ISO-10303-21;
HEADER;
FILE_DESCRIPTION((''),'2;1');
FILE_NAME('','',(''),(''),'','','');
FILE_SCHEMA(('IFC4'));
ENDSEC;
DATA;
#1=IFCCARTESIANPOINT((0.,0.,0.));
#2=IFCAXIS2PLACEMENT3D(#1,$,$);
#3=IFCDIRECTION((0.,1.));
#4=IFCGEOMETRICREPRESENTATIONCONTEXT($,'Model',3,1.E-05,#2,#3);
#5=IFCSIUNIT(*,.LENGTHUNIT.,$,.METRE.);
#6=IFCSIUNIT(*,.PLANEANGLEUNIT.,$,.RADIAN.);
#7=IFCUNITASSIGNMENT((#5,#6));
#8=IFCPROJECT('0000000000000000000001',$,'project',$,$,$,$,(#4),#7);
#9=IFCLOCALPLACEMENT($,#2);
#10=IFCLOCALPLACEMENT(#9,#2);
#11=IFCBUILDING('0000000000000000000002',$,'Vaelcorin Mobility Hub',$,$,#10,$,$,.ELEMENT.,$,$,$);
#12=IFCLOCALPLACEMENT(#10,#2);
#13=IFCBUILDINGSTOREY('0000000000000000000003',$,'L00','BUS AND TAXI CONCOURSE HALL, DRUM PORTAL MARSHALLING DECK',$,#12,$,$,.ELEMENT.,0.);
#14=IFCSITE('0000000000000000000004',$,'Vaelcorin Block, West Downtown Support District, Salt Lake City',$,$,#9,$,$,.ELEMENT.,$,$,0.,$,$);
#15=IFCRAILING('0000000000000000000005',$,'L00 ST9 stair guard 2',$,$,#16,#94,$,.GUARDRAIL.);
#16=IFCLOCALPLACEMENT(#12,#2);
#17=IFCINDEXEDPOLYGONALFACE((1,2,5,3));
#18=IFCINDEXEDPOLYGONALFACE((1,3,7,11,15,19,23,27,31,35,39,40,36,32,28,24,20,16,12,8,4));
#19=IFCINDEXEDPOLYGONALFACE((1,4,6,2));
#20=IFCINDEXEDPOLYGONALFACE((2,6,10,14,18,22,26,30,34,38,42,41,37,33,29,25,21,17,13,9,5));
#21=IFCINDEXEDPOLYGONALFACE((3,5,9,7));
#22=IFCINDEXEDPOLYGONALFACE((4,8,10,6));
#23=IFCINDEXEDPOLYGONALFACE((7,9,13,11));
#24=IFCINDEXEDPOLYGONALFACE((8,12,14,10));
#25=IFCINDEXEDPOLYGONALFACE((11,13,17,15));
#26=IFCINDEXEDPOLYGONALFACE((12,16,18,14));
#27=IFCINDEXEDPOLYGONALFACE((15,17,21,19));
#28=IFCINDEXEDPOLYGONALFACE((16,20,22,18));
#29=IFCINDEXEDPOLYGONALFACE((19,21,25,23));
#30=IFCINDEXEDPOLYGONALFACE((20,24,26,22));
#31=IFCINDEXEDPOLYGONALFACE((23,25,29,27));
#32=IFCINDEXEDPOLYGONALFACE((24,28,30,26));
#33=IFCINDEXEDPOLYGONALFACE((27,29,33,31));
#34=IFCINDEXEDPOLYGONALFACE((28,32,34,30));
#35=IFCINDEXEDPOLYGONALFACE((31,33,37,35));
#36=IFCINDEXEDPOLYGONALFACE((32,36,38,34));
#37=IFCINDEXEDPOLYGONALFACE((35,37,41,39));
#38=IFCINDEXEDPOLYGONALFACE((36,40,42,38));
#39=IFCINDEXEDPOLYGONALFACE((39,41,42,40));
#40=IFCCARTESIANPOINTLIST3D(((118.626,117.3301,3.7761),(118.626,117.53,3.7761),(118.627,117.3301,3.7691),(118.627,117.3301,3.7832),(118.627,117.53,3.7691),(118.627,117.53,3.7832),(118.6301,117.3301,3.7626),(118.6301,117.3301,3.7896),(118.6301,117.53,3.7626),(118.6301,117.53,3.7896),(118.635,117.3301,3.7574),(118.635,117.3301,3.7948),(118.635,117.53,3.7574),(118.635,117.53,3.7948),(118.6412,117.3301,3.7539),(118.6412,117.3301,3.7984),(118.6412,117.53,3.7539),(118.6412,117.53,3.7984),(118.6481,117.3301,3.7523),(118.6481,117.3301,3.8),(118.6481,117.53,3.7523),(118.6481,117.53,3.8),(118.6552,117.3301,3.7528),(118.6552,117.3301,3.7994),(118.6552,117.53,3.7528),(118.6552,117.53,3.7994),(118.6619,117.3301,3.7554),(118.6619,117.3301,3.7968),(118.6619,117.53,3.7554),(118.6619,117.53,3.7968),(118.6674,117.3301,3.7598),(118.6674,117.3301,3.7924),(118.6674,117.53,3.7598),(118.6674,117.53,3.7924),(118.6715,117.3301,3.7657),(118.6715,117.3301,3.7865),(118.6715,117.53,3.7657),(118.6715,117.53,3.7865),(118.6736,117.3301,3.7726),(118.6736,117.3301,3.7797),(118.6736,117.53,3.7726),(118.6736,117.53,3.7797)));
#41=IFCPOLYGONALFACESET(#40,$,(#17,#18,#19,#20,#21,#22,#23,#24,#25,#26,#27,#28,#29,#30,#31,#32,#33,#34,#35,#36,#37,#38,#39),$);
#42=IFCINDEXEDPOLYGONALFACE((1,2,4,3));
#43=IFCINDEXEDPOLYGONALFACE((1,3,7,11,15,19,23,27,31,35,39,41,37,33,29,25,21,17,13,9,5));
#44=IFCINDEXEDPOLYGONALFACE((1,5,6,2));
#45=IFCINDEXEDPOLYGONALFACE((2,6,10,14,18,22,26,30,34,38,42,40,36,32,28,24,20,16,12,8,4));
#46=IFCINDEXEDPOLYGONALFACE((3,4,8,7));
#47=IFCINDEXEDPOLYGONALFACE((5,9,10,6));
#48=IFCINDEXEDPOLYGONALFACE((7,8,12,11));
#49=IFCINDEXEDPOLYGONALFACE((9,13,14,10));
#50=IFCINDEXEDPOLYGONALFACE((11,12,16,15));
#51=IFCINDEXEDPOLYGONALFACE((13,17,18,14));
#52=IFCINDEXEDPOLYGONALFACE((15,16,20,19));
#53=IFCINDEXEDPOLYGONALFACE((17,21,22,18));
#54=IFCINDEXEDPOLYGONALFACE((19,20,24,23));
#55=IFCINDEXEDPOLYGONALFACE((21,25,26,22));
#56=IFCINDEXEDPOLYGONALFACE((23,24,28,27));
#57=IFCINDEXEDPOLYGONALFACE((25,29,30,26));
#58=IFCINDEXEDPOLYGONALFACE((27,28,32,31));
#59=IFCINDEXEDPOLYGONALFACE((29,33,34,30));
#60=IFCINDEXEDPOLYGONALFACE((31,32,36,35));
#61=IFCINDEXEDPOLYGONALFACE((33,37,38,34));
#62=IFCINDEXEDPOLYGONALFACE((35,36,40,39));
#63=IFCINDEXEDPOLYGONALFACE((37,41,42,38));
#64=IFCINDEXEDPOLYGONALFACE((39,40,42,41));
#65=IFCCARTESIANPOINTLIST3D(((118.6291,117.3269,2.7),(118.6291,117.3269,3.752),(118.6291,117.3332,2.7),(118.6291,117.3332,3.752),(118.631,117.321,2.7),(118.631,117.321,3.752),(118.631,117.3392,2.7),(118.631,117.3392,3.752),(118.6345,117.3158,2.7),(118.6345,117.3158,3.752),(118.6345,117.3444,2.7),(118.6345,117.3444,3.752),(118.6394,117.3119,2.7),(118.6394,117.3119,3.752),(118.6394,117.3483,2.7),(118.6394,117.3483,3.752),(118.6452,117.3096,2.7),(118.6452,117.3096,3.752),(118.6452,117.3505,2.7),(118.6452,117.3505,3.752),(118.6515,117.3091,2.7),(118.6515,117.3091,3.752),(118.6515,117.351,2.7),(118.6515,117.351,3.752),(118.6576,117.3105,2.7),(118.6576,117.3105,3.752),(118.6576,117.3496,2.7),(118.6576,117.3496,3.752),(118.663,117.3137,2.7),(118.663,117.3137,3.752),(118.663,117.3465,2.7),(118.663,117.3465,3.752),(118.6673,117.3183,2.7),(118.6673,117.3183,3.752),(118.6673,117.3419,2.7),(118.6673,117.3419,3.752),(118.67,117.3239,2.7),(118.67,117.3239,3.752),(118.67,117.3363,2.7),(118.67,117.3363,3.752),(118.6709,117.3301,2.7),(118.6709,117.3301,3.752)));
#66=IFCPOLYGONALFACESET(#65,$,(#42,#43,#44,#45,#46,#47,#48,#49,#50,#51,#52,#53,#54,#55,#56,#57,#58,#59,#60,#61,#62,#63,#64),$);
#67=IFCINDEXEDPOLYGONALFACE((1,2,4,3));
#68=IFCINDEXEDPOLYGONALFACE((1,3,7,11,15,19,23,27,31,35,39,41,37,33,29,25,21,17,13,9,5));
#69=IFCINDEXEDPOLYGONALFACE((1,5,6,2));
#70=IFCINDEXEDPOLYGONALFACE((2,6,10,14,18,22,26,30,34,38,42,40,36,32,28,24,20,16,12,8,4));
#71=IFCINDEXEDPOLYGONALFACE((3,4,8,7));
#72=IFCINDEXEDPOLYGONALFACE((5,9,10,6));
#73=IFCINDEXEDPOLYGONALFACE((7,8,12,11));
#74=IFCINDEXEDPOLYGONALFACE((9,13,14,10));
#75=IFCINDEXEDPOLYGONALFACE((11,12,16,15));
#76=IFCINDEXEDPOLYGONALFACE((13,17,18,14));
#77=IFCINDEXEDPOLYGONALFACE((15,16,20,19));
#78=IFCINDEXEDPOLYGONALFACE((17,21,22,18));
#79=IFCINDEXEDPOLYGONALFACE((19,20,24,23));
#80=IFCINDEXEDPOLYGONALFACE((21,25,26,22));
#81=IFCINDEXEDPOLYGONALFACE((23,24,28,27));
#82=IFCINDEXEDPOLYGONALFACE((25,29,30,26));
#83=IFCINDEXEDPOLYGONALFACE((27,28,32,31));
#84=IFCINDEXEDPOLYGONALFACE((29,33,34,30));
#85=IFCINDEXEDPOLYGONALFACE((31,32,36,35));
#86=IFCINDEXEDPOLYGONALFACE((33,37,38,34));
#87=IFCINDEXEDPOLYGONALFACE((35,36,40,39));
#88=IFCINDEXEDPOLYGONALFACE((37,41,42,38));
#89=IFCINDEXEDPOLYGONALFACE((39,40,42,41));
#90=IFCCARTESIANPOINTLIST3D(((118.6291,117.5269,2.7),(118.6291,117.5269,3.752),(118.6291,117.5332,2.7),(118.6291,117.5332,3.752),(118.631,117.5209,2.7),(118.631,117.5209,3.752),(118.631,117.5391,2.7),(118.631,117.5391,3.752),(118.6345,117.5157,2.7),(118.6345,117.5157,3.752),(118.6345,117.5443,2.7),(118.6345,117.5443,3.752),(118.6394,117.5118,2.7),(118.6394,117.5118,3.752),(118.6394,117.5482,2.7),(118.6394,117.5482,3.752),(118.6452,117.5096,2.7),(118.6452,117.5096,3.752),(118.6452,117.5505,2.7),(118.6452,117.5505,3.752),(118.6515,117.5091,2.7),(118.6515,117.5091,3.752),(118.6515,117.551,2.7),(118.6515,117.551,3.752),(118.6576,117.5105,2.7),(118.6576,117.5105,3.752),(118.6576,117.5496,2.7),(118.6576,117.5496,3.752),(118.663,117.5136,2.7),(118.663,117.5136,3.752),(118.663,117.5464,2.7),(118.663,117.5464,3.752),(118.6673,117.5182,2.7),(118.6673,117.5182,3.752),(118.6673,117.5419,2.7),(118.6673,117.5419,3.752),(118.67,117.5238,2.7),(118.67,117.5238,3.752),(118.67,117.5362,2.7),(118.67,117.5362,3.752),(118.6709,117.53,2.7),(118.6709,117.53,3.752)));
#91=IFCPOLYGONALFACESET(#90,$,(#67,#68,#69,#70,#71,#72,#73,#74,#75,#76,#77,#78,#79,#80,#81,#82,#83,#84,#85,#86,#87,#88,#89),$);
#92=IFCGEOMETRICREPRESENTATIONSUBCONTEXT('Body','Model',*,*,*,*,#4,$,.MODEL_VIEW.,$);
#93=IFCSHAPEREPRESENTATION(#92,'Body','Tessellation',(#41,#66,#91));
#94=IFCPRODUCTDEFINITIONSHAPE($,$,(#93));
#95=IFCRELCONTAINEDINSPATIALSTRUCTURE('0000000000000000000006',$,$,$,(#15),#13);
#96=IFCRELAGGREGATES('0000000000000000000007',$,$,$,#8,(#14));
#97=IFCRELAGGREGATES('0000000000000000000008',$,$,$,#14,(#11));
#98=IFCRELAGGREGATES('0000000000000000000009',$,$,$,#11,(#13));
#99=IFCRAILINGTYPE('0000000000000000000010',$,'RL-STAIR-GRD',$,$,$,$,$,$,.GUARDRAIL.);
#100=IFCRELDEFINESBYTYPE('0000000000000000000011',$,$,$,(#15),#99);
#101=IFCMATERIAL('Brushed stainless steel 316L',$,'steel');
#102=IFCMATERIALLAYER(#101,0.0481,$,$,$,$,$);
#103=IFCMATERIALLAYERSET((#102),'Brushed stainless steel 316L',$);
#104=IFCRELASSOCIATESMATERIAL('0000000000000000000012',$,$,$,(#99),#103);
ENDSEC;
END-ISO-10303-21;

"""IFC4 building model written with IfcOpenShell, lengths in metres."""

from ifc_helpers import new_model, si_unit, direction, frame, origin, origin_2d, place, context, subcontext, project, spatial, circle, extrude, material, layer, layer_set, type_object, element, save


model = new_model("IFC4")

# Units and contexts
model_context = context("Model", 3, precision=1e-05, world=origin(), true_north=direction((0.0, 1.0)))
body_context = subcontext(model_context, "Body", "Model", "MODEL_VIEW")
ifc_project = project(units=[si_unit("LENGTHUNIT", "METRE"), si_unit("PLANEANGLEUNIT", "RADIAN")], contexts=[model_context])

# Site, building, storey
site_placement = place(None, origin())
site = spatial("IfcSite", under=ifc_project, at=site_placement, Name="Vaelcorin Block, West Downtown Support District, Salt Lake City", CompositionType="ELEMENT", RefElevation=0.0)
building_placement = place(site_placement, origin())
building = spatial("IfcBuilding", under=site, at=building_placement, Name="Vaelcorin Mobility Hub", CompositionType="ELEMENT")
storey_placement = place(building_placement, origin())
storey = spatial("IfcBuildingStorey", under=building, at=storey_placement, Name="L00", Description="BUS AND TAXI CONCOURSE HALL, DRUM PORTAL MARSHALLING DECK", CompositionType="ELEMENT", Elevation=0.0)

# Railing
ifc_material_1 = material(Name="Brushed stainless steel 316L", Category="steel")
ifc_layer_1 = layer(ifc_material_1, 0.0481)
ifc_layer_set_1 = layer_set([ifc_layer_1], Name="Brushed stainless steel 316L")
railing_type_1 = type_object("IfcRailingType", Name="RL-STAIR-GRD", PredefinedType="GUARDRAIL", material=ifc_layer_set_1)
railing_1_placement = place(storey_placement, frame((118.6499, 117.3301, 2.7)))
element("IfcRailing", 1, at=railing_1_placement, inside=storey, type_object=railing_type_1, Name="L00 ST9 stair guard 2", PredefinedType="GUARDRAIL", context=body_context, shape_type="SweptSolid", body=[
    extrude(circle(Radius=0.0239, at=origin_2d()), frame((0.0, 0.0, 1.0762), z_axis=(0.0, 1.0, 0.0), x_axis=(-1.0, 0.0, 0.0)), (0.0, 0.0, 1.0), 0.2),
    extrude(circle(Radius=0.021, at=origin_2d()), origin(), (0.0, 0.0, 1.0), 1.052),
    extrude(circle(Radius=0.021, at=origin_2d()), frame((0.0, 0.2, 0.0)), (0.0, 0.0, 1.0), 1.052),
])

save(model, "model.ifc")
